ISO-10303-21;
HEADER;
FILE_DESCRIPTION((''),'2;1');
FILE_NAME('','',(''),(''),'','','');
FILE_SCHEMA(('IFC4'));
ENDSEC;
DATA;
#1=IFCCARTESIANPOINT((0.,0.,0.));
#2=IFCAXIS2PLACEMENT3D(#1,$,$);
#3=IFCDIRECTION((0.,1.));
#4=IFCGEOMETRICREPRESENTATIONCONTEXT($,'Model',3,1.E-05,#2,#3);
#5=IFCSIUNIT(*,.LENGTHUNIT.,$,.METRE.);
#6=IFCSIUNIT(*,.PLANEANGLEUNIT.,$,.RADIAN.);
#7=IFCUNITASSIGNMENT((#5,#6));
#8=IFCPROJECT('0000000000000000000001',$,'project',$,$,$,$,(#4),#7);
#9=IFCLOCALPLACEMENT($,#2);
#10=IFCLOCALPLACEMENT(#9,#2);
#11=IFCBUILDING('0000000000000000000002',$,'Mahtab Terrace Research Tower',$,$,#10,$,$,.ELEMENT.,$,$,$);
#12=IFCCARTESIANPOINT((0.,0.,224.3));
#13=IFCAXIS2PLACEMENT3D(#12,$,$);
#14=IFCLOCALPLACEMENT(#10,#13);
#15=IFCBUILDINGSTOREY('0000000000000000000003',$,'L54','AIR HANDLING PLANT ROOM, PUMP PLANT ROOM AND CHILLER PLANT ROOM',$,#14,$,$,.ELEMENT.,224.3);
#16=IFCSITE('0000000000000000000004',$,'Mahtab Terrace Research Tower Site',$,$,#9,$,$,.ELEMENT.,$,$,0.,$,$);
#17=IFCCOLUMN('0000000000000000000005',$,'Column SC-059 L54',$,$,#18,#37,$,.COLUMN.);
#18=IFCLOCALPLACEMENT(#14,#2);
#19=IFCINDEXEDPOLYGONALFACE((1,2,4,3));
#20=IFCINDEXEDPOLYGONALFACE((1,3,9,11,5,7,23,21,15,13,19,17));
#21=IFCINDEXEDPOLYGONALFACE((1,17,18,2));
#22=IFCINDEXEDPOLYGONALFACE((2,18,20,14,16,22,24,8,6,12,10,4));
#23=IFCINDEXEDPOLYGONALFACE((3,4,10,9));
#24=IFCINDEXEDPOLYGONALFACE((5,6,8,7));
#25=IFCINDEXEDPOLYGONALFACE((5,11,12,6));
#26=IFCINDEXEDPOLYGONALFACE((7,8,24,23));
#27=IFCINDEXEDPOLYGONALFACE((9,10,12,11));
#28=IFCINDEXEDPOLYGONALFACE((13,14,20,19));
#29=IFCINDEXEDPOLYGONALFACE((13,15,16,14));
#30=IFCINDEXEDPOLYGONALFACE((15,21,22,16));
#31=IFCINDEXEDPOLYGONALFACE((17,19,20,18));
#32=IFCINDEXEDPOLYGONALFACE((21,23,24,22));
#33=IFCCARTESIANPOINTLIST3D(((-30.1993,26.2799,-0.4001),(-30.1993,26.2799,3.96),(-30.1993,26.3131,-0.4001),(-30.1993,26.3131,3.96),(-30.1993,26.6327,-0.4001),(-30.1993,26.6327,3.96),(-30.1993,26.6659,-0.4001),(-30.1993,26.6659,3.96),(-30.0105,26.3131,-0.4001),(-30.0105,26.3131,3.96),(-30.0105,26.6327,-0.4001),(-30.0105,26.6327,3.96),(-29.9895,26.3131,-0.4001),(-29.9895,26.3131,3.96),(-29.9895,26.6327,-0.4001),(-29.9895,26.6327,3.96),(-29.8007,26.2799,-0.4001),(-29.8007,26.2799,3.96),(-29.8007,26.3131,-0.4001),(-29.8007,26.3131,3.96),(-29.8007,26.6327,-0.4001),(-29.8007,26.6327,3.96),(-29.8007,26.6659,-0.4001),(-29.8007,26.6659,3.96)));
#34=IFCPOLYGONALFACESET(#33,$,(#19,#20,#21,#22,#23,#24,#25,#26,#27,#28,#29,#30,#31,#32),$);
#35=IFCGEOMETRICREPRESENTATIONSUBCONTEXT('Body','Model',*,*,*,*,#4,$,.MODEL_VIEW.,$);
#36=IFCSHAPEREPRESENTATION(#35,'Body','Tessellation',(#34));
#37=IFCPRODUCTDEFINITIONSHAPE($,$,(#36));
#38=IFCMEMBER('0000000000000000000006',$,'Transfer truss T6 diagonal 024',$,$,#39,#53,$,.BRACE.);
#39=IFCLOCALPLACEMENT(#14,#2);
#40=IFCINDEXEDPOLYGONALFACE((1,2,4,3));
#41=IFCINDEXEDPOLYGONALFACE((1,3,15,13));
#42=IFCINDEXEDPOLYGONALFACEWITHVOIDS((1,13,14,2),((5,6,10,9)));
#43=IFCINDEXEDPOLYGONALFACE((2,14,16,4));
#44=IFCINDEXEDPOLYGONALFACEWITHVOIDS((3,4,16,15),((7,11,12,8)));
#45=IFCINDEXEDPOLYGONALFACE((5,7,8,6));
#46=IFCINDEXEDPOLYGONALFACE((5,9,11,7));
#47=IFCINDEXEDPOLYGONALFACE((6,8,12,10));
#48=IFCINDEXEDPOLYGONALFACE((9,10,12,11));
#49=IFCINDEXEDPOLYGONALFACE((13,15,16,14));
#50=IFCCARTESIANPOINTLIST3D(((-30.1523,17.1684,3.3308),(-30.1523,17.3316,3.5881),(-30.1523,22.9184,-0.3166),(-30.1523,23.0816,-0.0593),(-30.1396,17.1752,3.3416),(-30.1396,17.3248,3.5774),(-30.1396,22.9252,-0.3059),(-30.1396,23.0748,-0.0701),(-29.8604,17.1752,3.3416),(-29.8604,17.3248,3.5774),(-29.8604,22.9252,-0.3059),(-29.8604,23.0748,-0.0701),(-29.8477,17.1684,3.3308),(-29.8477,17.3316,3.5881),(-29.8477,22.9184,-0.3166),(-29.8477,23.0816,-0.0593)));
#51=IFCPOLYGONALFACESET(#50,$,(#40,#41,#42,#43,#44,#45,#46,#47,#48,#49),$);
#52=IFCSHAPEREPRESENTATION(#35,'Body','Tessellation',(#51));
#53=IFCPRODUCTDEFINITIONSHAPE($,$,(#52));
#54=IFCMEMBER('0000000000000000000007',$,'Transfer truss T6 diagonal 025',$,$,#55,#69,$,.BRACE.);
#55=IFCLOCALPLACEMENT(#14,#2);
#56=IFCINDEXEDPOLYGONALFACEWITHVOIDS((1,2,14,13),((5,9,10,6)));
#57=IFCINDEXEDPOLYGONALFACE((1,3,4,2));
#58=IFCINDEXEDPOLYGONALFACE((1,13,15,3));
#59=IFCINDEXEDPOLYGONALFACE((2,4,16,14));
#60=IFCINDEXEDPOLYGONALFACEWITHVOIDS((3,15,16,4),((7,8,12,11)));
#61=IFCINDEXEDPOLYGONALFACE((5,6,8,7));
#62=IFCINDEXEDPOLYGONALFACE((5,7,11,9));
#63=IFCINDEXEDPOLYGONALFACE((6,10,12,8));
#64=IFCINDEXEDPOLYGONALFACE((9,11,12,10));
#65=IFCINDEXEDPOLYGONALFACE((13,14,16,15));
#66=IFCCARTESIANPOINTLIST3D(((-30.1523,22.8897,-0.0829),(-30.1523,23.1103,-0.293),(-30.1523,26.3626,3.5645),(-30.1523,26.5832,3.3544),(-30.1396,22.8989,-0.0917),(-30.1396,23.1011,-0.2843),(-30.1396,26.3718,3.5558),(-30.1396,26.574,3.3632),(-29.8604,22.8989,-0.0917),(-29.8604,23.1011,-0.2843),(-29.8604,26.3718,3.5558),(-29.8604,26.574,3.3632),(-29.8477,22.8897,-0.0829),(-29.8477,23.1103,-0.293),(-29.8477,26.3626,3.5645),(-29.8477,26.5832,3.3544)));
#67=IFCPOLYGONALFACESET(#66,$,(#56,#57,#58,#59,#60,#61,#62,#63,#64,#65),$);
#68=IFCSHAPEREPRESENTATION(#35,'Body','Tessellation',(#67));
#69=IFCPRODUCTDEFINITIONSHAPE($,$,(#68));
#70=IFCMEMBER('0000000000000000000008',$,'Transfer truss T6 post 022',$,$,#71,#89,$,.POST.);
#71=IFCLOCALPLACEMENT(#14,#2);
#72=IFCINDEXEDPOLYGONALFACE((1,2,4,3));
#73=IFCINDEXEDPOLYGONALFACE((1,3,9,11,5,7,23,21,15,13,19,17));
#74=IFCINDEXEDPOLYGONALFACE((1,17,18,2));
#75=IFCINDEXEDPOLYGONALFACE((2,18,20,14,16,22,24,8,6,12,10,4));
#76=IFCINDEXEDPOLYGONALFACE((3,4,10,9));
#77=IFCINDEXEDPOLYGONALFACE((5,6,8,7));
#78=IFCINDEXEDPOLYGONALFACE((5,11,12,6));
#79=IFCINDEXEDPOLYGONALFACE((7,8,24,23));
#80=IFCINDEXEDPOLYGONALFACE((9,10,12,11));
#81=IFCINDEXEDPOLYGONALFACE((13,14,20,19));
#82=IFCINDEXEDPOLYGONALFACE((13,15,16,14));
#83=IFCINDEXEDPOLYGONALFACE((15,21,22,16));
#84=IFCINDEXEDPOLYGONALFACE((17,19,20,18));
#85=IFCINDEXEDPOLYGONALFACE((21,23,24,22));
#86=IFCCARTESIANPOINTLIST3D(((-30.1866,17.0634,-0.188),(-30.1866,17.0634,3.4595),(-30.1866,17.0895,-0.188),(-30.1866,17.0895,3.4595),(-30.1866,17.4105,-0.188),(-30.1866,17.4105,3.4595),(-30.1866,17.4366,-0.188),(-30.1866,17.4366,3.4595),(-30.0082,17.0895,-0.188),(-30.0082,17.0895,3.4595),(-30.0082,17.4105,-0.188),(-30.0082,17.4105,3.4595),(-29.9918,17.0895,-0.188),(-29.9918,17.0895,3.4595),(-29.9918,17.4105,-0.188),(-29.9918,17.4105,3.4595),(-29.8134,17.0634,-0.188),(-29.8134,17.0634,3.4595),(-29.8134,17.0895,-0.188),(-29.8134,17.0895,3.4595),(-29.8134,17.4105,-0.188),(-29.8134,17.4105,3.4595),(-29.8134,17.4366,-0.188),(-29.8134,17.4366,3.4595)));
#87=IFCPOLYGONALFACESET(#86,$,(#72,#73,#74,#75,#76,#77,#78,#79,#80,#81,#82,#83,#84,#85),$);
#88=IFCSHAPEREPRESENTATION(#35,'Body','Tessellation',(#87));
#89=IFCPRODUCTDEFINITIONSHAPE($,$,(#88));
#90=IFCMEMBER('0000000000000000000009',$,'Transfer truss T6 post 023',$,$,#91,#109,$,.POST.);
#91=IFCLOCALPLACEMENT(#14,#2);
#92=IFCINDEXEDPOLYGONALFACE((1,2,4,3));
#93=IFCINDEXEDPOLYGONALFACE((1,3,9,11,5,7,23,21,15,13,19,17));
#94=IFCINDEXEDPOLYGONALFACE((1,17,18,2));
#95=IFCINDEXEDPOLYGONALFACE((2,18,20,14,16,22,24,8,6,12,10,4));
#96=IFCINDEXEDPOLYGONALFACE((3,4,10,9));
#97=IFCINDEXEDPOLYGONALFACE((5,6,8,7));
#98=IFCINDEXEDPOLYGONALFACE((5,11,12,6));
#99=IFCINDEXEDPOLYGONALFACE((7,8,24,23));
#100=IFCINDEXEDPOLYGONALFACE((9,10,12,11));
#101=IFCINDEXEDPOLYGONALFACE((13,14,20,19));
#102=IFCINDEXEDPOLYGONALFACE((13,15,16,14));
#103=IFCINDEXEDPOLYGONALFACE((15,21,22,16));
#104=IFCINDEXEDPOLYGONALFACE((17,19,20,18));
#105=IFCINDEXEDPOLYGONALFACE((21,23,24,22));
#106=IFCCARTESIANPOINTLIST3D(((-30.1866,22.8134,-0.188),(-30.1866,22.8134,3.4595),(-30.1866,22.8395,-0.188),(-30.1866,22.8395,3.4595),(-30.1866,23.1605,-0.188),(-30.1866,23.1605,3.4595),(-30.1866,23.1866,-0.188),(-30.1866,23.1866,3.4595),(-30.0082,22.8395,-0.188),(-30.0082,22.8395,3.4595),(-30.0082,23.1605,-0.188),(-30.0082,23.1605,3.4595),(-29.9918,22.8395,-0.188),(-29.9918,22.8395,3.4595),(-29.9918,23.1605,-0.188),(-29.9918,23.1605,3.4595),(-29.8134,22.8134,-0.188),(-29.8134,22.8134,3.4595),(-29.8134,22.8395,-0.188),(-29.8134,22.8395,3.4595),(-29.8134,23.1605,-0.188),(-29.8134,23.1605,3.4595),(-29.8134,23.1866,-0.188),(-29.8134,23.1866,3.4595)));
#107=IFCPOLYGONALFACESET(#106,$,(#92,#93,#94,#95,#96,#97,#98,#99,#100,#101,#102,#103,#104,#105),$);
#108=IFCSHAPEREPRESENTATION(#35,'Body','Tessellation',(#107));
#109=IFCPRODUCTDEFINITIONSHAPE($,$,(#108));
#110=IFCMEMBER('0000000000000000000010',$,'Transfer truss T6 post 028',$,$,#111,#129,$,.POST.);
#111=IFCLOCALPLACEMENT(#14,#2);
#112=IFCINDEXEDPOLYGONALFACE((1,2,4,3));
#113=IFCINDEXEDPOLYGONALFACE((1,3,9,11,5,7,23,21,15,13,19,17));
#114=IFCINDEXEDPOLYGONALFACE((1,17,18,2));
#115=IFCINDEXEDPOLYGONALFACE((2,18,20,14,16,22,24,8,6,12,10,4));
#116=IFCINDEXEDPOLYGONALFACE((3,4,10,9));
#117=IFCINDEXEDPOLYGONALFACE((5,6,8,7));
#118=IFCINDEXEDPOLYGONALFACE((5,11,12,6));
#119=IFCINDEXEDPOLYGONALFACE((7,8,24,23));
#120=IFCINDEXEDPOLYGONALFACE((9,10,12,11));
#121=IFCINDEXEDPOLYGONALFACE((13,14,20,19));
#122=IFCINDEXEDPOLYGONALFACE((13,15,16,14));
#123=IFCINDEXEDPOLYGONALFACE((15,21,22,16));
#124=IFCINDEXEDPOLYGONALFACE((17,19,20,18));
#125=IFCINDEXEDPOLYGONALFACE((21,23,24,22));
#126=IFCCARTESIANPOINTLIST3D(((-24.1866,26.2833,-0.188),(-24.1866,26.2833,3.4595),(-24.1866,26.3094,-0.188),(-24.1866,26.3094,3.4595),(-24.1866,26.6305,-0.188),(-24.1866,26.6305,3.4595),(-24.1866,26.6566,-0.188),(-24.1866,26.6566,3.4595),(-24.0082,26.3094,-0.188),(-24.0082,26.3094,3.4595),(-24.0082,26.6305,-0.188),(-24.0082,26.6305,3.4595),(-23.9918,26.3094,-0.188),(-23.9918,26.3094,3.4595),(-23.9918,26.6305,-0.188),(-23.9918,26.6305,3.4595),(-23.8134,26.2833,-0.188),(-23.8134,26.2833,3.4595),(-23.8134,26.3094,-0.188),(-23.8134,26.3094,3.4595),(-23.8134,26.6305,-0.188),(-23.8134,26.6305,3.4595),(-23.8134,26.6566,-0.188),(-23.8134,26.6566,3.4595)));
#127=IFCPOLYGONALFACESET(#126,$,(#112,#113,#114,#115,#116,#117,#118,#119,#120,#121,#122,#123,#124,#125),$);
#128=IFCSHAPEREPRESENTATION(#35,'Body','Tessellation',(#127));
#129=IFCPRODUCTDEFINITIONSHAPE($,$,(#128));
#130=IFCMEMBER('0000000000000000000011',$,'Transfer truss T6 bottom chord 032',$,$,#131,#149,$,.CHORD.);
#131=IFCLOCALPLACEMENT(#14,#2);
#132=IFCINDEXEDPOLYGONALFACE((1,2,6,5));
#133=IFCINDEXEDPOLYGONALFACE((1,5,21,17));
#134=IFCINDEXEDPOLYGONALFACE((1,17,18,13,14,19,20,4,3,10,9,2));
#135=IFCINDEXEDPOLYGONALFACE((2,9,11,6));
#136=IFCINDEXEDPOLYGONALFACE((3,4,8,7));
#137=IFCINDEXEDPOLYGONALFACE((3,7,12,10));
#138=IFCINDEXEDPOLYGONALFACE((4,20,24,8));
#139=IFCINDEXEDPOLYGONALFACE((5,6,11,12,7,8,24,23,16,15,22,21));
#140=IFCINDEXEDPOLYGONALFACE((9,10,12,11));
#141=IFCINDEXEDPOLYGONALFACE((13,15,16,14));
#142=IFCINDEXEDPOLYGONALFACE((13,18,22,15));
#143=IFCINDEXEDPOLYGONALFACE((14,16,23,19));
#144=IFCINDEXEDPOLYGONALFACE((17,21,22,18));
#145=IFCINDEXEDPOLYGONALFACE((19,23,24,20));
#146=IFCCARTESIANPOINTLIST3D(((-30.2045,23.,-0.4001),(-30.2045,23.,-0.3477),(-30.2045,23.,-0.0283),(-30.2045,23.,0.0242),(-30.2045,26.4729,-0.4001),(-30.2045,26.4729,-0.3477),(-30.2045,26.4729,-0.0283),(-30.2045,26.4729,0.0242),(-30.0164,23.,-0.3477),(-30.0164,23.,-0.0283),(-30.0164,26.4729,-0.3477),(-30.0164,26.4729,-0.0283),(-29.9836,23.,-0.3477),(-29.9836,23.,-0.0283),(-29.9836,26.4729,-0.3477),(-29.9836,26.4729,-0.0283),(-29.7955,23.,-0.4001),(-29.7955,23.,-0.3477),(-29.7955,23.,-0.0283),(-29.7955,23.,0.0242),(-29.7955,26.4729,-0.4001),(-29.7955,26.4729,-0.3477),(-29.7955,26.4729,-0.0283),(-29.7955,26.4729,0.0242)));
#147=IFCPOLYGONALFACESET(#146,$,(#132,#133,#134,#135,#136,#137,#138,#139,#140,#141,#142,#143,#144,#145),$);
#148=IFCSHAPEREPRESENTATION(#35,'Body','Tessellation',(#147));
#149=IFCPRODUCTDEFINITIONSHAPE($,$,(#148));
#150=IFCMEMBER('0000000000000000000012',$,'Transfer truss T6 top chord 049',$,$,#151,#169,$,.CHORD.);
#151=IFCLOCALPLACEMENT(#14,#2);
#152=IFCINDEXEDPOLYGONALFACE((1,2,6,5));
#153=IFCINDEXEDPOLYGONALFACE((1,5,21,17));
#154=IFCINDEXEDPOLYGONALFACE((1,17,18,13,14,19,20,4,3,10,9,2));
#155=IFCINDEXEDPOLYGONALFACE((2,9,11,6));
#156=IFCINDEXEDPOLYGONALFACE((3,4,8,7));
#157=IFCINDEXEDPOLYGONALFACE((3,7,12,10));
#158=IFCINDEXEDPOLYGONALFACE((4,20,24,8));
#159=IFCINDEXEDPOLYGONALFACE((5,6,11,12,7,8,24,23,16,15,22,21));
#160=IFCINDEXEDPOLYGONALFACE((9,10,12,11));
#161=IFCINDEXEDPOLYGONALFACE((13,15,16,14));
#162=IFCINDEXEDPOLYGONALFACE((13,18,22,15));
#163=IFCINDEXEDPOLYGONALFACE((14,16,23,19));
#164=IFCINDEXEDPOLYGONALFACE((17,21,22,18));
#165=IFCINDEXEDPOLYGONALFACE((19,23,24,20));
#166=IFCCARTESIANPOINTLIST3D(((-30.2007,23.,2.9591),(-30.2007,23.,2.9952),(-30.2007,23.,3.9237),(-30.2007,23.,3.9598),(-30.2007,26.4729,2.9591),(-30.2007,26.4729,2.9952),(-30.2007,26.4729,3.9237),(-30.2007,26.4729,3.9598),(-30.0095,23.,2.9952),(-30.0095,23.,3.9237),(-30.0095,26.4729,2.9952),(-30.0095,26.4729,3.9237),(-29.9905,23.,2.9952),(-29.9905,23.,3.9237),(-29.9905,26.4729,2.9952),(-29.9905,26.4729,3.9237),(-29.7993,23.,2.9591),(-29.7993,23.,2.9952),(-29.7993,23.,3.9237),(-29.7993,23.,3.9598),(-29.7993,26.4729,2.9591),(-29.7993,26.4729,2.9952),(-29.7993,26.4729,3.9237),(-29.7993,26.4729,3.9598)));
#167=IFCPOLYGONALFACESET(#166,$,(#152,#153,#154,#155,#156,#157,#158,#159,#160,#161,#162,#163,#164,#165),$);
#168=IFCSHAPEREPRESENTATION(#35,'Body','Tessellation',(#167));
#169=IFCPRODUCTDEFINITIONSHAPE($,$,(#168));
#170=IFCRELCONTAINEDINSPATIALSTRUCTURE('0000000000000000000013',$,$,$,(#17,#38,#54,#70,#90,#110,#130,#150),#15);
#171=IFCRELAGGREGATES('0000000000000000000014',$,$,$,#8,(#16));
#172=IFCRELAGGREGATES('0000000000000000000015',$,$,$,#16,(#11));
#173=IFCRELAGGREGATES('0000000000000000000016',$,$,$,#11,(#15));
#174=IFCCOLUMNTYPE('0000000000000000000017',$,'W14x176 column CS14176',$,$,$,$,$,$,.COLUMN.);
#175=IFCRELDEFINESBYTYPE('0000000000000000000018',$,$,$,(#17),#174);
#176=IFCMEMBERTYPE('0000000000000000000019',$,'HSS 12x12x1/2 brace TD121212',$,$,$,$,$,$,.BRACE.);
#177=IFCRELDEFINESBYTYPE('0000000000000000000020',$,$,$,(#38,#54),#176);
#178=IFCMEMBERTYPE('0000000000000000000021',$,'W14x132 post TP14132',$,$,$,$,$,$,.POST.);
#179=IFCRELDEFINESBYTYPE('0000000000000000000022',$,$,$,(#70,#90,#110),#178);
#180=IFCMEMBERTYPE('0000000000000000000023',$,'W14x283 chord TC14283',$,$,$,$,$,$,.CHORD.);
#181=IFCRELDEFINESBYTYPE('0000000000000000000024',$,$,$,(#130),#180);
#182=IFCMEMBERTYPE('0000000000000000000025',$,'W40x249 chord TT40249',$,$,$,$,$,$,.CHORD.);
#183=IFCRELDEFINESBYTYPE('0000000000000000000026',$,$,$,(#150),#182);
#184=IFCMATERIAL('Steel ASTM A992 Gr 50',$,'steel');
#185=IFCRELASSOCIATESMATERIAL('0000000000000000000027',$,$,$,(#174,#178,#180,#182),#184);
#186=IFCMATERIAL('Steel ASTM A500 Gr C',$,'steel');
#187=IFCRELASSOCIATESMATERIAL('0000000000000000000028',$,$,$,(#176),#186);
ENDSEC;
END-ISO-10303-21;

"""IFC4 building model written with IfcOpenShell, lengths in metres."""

from ifc_helpers import new_model, si_unit, direction, frame, origin, origin_2d, place, context, subcontext, project, spatial, hollow_rectangle, i_section, extrude, material, material_profile, profile_set, type_object, element, save


model = new_model("IFC4")

# Units and contexts
model_context = context("Model", 3, precision=1e-05, world=origin(), true_north=direction((0.0, 1.0)))
body_context = subcontext(model_context, "Body", "Model", "MODEL_VIEW")
ifc_project = project(units=[si_unit("LENGTHUNIT", "METRE"), si_unit("PLANEANGLEUNIT", "RADIAN")], contexts=[model_context])

# Site, building, storey
site_placement = place(None, origin())
site = spatial("IfcSite", under=ifc_project, at=site_placement, Name="Mahtab Terrace Research Tower Site", CompositionType="ELEMENT", RefElevation=0.0)
building_placement = place(site_placement, origin())
building = spatial("IfcBuilding", under=site, at=building_placement, Name="Mahtab Terrace Research Tower", CompositionType="ELEMENT")
storey_placement = place(building_placement, frame((0.0, 0.0, 224.3)))
storey = spatial("IfcBuildingStorey", under=building, at=storey_placement, Name="L54", Description="AIR HANDLING PLANT ROOM, PUMP PLANT ROOM AND CHILLER PLANT ROOM", CompositionType="ELEMENT", Elevation=224.3)

# Column
ifc_material_1 = material(Name="Steel ASTM A992 Gr 50", Category="steel")
ifc_material_profile_1 = material_profile(ifc_material_1, i_section(OverallWidth=0.3987, OverallDepth=0.386, WebThickness=0.021, FlangeThickness=0.0332, at=origin_2d()), Name="W14X176")
ifc_profile_set_1 = profile_set([ifc_material_profile_1], Name="Steel ASTM A992 Gr 50")
column_type = type_object("IfcColumnType", Name="W14x176 column CS14176", PredefinedType="COLUMN", material=ifc_profile_set_1)
column_placement = place(storey_placement, frame((-30.0, 26.4729, -0.4001), z_axis=(0.0, 0.0, 1.0), x_axis=(1.0, 0.0, 0.0)))
element("IfcColumn", 1, at=column_placement, inside=storey, type_object=column_type, Name="Column SC-059 L54", PredefinedType="COLUMN", context=body_context, shape_type="SweptSolid", body=[
    extrude(i_section(OverallWidth=0.3987, OverallDepth=0.386, WebThickness=0.021, FlangeThickness=0.0332, at=origin_2d()), origin(), (0.0, 0.0, 1.0), 4.3601),
])

# Members
ifc_material_2 = material(Name="Steel ASTM A500 Gr C", Category="steel")
ifc_material_profile_2 = material_profile(ifc_material_2, hollow_rectangle(XDim=0.3047, YDim=0.3047, WallThickness=0.0127, at=origin_2d()), Name="HSS12X12X1/2")
ifc_profile_set_2 = profile_set([ifc_material_profile_2], Name="Steel ASTM A500 Gr C")
member_type_1 = type_object("IfcMemberType", Name="HSS 12x12x1/2 brace TD121212", PredefinedType="BRACE", material=ifc_profile_set_2)
member_1_placement = place(storey_placement, frame((-30.0, 23.0, -0.188), z_axis=(0.0, -0.844434, 0.535659), x_axis=(1.0, 0.0, 0.0)))
element("IfcMember", 2, at=member_1_placement, inside=storey, type_object=member_type_1, Name="Transfer truss T6 diagonal 024", PredefinedType="BRACE", context=body_context, shape_type="SweptSolid", body=[
    extrude(hollow_rectangle(XDim=0.3047, YDim=0.3047, WallThickness=0.0127, at=origin_2d()), origin(), (0.0, 0.0, 1.0), 6.8093),
])
member_2_placement = place(storey_placement, frame((-30.0, 23.0, -0.188), z_axis=(0.0, 0.689564, 0.724224), x_axis=(-1.0, 0.0, 0.0)))
element("IfcMember", 3, at=member_2_placement, inside=storey, type_object=member_type_1, Name="Transfer truss T6 diagonal 025", PredefinedType="BRACE", context=body_context, shape_type="SweptSolid", body=[
    extrude(hollow_rectangle(XDim=0.3047, YDim=0.3047, WallThickness=0.0127, at=origin_2d()), origin(), (0.0, 0.0, 1.0), 5.0364),
])
ifc_material_profile_3 = material_profile(ifc_material_1, i_section(OverallWidth=0.3733, OverallDepth=0.3733, WebThickness=0.0164, FlangeThickness=0.0261, at=origin_2d()), Name="W14X132")
ifc_profile_set_3 = profile_set([ifc_material_profile_3], Name="Steel ASTM A992 Gr 50")
member_type_2 = type_object("IfcMemberType", Name="W14x132 post TP14132", PredefinedType="POST", material=ifc_profile_set_3)
for number, where, z_axis, x_axis, name in (
    (4, (-30.0, 17.25, -0.188), (0.0, 0.0, 1.0), (1.0, 0.0, 0.0), "Transfer truss T6 post 022"),
    (5, (-30.0, 23.0, -0.188), (0.0, 0.0, 1.0), (1.0, 0.0, 0.0), "Transfer truss T6 post 023"),
    (6, (-24.0, 26.47, -0.188), (0.0, 0.0, 1.0), (1.0, 0.0, 0.0), "Transfer truss T6 post 028"),
):
    element("IfcMember", number, at=place(storey_placement, frame(where, z_axis=z_axis, x_axis=x_axis)), inside=storey, type_object=member_type_2, Name=name, PredefinedType="POST", context=body_context, shape_type="SweptSolid", body=[
        extrude(i_section(OverallWidth=0.3733, OverallDepth=0.3733, WebThickness=0.0164, FlangeThickness=0.0261, at=origin_2d()), origin(), (0.0, 0.0, 1.0), 3.6475),
    ])
ifc_material_profile_4 = material_profile(ifc_material_1, i_section(OverallWidth=0.4089, OverallDepth=0.4243, WebThickness=0.0327, FlangeThickness=0.0525, at=origin_2d()), Name="W14X283")
ifc_profile_set_4 = profile_set([ifc_material_profile_4], Name="Steel ASTM A992 Gr 50")
member_type_3 = type_object("IfcMemberType", Name="W14x283 chord TC14283", PredefinedType="CHORD", material=ifc_profile_set_4)
member_3_placement = place(storey_placement, frame((-30.0, 23.0, -0.188), z_axis=(0.0, 1.0, 0.0), x_axis=(-1.0, 0.0, 0.0)))
element("IfcMember", 7, at=member_3_placement, inside=storey, type_object=member_type_3, Name="Transfer truss T6 bottom chord 032", PredefinedType="CHORD", context=body_context, shape_type="SweptSolid", body=[
    extrude(i_section(OverallWidth=0.4089, OverallDepth=0.4243, WebThickness=0.0327, FlangeThickness=0.0525, at=origin_2d()), origin(), (0.0, 0.0, 1.0), 3.4729),
])
ifc_material_profile_5 = material_profile(ifc_material_1, i_section(OverallWidth=0.4014, OverallDepth=1.0007, WebThickness=0.019, FlangeThickness=0.0361, at=origin_2d()), Name="W40X249")
ifc_profile_set_5 = profile_set([ifc_material_profile_5], Name="Steel ASTM A992 Gr 50")
member_type_4 = type_object("IfcMemberType", Name="W40x249 chord TT40249", PredefinedType="CHORD", material=ifc_profile_set_5)
member_4_placement = place(storey_placement, frame((-30.0, 23.0, 3.4595), z_axis=(0.0, 1.0, 0.0), x_axis=(-1.0, 0.0, 0.0)))
element("IfcMember", 8, at=member_4_placement, inside=storey, type_object=member_type_4, Name="Transfer truss T6 top chord 049", PredefinedType="CHORD", context=body_context, shape_type="SweptSolid", body=[
    extrude(i_section(OverallWidth=0.4014, OverallDepth=1.0007, WebThickness=0.019, FlangeThickness=0.0361, at=origin_2d()), origin(), (0.0, 0.0, 1.0), 3.4729),
])

save(model, "model.ifc")
